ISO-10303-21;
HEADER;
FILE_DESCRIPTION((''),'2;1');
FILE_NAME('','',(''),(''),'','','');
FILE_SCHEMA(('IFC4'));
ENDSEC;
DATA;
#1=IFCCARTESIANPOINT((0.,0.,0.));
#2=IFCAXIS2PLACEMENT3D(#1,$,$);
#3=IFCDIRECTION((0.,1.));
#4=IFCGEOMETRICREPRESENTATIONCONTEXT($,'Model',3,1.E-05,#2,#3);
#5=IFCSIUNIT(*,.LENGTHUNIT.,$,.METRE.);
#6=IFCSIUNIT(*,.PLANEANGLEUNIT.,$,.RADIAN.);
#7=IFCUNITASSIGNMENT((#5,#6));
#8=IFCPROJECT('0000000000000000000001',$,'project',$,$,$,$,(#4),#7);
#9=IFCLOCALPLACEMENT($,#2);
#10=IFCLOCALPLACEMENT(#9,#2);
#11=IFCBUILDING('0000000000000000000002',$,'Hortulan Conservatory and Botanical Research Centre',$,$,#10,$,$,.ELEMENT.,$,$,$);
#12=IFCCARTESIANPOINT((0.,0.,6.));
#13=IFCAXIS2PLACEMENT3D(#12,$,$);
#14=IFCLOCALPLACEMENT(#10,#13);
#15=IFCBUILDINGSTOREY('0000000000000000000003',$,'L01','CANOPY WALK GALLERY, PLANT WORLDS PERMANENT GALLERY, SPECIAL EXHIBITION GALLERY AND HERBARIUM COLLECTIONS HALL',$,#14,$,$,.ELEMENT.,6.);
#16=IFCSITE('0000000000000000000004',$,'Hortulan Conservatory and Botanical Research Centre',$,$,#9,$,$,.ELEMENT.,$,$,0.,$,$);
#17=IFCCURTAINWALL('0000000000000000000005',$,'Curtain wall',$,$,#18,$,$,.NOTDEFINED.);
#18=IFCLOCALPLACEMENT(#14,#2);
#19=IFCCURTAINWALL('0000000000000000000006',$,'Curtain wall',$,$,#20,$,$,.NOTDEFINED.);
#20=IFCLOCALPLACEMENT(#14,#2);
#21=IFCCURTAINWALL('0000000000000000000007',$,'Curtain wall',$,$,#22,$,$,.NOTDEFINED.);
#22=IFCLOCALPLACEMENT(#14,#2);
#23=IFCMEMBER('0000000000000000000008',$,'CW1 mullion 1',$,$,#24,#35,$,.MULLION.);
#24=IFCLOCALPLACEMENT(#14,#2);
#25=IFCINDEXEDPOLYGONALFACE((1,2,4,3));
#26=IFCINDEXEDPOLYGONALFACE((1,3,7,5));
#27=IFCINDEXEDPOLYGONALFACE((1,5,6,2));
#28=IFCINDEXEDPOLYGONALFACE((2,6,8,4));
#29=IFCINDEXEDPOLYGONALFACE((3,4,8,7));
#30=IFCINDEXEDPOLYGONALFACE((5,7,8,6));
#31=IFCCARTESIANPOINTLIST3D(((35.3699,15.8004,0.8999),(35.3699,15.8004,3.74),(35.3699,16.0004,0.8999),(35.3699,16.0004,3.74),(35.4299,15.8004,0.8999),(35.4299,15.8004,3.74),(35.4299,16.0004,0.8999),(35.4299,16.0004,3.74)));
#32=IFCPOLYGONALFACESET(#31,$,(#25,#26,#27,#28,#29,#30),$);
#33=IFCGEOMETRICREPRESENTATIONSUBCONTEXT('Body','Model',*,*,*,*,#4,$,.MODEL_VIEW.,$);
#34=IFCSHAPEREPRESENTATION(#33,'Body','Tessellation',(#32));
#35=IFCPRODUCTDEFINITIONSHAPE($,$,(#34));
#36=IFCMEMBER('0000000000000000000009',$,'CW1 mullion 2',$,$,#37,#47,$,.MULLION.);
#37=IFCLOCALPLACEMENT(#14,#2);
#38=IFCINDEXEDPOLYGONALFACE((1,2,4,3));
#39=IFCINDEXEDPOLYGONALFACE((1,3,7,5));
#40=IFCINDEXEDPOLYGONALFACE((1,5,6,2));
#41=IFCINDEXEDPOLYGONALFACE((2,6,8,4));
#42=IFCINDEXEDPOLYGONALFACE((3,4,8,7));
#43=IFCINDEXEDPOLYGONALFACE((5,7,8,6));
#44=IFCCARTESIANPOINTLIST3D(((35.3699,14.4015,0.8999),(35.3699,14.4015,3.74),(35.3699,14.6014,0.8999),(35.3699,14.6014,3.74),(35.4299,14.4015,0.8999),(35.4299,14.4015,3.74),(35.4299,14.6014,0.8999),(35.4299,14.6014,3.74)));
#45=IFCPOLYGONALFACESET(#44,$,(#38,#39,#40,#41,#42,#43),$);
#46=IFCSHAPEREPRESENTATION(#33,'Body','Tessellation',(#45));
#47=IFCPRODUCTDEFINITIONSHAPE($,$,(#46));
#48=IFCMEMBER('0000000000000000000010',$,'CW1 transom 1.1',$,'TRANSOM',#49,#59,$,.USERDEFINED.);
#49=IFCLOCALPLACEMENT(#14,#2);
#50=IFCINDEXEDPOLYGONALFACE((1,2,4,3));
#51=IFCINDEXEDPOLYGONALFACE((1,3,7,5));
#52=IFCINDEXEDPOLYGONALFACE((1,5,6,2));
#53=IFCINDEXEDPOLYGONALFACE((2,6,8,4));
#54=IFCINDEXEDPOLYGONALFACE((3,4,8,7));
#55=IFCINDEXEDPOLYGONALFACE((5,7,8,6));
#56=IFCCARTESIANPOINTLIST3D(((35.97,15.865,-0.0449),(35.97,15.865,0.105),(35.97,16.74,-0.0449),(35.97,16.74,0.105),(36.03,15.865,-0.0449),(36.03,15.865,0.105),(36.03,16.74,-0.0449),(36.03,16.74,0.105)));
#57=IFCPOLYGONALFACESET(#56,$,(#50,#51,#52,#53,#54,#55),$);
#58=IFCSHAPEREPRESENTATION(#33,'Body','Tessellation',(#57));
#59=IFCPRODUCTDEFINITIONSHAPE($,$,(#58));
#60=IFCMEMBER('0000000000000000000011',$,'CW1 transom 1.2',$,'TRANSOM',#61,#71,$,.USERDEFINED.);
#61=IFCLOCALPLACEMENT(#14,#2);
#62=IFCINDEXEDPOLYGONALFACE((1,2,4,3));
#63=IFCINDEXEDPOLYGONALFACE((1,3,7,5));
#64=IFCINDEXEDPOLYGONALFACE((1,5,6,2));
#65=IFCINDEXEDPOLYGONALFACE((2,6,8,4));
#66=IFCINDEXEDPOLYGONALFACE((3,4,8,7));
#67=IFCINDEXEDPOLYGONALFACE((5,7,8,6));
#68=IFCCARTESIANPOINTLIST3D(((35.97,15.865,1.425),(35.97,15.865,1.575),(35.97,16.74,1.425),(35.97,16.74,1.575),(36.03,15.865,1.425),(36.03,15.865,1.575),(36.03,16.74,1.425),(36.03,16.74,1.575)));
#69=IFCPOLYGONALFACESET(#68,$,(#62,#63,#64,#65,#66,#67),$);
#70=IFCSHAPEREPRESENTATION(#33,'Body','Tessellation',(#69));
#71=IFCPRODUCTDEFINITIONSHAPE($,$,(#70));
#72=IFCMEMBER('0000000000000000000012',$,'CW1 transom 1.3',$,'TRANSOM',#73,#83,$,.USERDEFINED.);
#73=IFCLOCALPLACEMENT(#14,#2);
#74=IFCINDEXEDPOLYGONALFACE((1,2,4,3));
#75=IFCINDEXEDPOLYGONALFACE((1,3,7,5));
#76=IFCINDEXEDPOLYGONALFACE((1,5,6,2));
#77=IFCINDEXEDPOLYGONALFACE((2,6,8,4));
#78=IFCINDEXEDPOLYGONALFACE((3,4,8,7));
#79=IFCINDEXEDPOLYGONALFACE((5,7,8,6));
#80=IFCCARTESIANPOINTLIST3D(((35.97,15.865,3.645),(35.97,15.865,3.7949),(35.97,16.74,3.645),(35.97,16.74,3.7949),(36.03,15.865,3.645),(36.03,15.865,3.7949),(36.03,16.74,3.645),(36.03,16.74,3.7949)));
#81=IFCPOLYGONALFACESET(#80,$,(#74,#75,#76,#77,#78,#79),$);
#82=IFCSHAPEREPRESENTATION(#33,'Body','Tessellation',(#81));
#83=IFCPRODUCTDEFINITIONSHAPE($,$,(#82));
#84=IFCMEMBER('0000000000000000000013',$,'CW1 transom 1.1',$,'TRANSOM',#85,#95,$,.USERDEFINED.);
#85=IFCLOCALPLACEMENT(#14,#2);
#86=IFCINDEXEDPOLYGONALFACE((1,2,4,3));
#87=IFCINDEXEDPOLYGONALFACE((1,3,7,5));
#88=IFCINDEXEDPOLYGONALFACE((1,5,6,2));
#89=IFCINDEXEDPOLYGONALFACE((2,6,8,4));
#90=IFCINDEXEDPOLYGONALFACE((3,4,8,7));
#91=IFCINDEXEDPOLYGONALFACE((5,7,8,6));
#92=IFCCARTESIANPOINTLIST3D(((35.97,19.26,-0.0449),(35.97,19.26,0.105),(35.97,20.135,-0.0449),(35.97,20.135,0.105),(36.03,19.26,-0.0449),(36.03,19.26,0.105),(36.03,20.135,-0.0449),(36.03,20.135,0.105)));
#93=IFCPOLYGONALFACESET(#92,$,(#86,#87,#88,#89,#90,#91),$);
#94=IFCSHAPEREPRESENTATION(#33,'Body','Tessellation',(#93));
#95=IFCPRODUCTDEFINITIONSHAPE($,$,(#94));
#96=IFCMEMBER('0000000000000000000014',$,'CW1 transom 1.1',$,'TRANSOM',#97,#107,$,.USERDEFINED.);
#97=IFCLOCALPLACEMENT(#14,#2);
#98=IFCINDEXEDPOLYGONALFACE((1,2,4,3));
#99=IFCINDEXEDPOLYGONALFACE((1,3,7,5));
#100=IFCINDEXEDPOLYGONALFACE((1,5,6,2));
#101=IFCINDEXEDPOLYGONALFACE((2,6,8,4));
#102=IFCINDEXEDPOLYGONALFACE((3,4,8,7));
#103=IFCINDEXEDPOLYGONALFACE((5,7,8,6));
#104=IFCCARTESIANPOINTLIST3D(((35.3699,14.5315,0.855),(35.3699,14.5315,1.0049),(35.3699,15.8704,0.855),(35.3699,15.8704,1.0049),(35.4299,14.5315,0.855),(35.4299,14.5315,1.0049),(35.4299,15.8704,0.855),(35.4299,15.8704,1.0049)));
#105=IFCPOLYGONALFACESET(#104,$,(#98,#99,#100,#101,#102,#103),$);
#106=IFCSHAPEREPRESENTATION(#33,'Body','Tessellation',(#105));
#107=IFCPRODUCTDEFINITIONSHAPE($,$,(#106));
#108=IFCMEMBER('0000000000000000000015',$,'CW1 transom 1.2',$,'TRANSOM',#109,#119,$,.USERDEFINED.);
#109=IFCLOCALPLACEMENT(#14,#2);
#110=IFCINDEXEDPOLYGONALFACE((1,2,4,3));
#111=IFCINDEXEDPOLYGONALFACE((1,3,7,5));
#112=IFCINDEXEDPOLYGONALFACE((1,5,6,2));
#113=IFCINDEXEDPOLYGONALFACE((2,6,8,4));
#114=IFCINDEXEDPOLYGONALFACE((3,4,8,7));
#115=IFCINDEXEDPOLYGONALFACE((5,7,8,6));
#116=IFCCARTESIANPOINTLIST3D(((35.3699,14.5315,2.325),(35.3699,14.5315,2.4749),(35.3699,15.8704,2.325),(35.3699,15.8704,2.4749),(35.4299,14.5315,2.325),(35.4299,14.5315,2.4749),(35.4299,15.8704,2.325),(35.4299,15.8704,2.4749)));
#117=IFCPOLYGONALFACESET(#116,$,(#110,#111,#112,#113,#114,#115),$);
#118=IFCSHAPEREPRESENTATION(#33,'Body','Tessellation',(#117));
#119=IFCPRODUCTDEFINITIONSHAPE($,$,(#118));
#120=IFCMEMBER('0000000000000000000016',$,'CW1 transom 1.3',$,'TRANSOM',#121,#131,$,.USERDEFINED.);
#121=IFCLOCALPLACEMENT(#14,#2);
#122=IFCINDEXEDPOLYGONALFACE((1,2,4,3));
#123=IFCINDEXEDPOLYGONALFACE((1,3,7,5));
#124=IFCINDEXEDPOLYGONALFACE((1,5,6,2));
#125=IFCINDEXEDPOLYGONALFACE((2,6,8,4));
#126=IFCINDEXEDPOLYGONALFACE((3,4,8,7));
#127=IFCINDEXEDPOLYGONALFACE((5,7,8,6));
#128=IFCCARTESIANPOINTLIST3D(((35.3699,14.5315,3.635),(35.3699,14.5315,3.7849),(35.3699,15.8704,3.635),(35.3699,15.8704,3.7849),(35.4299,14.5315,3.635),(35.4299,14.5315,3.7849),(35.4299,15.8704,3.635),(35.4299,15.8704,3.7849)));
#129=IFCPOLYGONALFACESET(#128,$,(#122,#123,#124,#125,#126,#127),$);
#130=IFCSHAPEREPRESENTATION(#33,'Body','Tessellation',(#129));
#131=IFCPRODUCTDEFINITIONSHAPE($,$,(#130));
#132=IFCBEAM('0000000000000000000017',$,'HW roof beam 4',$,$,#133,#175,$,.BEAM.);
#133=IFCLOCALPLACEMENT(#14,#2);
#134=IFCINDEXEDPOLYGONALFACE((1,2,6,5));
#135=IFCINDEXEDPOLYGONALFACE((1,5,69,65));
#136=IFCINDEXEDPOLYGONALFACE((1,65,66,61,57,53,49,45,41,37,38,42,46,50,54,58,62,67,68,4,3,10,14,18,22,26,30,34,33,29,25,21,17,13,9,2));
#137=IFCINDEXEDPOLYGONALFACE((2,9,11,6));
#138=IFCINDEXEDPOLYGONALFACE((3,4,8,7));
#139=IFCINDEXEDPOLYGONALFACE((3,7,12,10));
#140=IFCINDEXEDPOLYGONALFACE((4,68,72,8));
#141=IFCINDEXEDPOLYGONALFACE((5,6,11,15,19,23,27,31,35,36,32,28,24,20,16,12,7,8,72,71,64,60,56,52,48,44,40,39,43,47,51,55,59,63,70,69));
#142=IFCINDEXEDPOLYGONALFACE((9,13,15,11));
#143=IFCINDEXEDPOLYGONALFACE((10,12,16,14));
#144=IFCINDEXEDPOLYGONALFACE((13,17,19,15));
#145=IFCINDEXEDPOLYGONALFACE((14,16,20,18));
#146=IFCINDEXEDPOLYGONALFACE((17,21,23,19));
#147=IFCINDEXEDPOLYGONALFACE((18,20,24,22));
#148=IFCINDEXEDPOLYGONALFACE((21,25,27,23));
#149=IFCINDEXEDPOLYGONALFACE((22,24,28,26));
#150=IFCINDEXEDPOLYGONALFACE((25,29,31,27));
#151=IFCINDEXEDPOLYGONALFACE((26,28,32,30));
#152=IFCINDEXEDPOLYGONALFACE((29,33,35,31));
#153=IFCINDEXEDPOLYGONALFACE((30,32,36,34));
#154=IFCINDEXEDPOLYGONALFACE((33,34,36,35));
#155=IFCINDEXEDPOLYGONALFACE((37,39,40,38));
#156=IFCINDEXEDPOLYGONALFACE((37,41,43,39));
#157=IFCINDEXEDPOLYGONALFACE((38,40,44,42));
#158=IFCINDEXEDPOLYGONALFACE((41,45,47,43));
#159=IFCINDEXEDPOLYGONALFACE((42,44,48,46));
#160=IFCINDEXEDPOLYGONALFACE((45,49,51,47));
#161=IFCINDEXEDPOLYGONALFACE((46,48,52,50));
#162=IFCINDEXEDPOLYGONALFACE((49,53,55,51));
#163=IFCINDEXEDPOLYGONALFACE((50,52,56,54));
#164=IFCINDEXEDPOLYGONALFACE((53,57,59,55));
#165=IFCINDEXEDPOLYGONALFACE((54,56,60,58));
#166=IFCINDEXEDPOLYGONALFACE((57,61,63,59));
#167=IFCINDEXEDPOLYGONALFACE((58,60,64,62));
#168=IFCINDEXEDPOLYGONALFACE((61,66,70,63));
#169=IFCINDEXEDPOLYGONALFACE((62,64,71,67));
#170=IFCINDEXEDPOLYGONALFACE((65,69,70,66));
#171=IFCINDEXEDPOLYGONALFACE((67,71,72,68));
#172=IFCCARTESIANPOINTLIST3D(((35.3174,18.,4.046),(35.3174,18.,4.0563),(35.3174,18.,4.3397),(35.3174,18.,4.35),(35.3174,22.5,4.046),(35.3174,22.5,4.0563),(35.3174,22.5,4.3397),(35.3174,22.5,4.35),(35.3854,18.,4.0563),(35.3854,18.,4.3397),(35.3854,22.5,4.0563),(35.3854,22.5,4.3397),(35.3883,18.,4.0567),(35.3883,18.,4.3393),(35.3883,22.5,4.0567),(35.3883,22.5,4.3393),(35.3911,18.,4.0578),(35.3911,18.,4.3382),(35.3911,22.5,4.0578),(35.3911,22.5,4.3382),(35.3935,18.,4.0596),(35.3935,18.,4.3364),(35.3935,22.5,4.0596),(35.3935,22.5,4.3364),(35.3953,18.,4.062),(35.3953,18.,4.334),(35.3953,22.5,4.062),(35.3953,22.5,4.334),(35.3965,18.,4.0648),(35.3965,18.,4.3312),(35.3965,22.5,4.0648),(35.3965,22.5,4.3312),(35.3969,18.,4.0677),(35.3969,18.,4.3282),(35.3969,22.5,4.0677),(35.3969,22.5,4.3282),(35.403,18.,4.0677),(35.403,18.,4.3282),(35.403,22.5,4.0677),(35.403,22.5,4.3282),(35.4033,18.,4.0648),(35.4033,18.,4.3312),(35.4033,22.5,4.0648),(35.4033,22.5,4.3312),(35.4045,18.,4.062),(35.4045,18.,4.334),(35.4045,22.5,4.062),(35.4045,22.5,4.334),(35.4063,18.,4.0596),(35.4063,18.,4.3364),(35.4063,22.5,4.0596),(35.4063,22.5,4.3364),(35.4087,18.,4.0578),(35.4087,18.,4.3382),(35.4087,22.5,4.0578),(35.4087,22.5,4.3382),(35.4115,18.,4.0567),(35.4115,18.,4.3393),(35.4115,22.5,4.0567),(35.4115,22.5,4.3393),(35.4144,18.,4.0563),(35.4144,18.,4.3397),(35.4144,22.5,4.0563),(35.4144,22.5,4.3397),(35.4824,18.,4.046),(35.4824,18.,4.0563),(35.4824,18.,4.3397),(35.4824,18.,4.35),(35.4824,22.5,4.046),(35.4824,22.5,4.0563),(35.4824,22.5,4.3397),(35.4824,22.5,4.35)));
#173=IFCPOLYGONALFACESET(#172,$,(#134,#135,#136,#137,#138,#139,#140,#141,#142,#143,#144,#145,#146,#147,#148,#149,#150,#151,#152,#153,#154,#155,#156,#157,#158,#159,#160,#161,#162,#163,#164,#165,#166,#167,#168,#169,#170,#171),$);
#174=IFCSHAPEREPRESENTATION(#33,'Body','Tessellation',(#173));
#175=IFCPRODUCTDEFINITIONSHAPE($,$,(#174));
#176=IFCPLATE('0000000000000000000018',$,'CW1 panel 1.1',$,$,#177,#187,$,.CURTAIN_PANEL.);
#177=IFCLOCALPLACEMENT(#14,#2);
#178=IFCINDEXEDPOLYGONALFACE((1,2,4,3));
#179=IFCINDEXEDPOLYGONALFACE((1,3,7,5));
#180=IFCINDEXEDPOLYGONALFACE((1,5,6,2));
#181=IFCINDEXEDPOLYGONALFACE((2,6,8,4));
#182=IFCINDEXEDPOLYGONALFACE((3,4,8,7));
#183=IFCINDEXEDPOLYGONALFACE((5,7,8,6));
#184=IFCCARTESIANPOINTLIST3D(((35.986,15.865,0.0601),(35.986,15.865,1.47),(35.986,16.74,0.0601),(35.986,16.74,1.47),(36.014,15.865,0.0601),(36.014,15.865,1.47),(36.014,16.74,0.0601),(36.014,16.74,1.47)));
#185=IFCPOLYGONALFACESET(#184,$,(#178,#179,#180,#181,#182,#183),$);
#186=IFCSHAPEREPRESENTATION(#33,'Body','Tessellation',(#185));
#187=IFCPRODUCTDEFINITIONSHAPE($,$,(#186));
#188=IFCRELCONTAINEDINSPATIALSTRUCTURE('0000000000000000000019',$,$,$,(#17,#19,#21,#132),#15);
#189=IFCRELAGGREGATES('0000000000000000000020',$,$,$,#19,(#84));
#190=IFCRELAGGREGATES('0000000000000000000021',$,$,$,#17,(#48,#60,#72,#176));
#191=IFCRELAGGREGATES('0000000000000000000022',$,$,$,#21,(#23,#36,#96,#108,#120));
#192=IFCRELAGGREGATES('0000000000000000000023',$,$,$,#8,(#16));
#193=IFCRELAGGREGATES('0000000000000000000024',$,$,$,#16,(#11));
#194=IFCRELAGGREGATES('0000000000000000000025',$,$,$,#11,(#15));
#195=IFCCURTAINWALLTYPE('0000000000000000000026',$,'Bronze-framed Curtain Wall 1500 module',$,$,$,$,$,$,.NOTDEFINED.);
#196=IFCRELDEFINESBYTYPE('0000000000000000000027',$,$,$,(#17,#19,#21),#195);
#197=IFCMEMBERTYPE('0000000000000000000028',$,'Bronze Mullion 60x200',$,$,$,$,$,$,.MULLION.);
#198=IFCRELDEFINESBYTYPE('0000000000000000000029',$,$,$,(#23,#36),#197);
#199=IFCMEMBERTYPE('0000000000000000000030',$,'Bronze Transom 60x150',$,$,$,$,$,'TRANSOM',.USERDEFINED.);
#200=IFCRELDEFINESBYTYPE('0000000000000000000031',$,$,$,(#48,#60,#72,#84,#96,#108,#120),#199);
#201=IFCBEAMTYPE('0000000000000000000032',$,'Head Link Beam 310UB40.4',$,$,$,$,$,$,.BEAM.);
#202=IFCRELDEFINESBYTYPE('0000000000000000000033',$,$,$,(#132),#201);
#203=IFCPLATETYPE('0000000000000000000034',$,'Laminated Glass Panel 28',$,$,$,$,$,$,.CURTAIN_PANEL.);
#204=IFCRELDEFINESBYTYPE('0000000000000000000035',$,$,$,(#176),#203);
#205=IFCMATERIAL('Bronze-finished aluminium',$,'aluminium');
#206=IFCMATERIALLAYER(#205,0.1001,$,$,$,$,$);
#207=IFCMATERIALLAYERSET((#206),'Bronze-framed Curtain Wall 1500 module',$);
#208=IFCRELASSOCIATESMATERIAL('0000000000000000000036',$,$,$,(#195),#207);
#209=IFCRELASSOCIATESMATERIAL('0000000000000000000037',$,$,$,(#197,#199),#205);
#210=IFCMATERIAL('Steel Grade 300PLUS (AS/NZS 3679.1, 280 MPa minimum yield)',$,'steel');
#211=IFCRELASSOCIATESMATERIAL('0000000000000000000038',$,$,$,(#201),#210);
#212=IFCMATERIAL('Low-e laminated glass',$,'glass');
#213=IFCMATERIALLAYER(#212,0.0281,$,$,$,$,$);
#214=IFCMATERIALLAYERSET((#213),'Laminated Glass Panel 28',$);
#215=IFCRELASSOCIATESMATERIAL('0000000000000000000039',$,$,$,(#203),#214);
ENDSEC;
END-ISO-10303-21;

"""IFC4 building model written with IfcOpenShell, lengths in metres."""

from ifc_helpers import new_model, si_unit, direction, frame, origin, origin_2d, place, context, subcontext, project, spatial, rectangle, i_section, extrude, material, layer, layer_set, material_profile, profile_set, type_object, element, aggregate, save


model = new_model("IFC4")

# Units and contexts
model_context = context("Model", 3, precision=1e-05, world=origin(), true_north=direction((0.0, 1.0)))
body_context = subcontext(model_context, "Body", "Model", "MODEL_VIEW")
ifc_project = project(units=[si_unit("LENGTHUNIT", "METRE"), si_unit("PLANEANGLEUNIT", "RADIAN")], contexts=[model_context])

# Site, building, storey
site_placement = place(None, origin())
site = spatial("IfcSite", under=ifc_project, at=site_placement, Name="Hortulan Conservatory and Botanical Research Centre", CompositionType="ELEMENT", RefElevation=0.0)
building_placement = place(site_placement, origin())
building = spatial("IfcBuilding", under=site, at=building_placement, Name="Hortulan Conservatory and Botanical Research Centre", CompositionType="ELEMENT")
storey_placement = place(building_placement, frame((0.0, 0.0, 6.0)))
storey = spatial("IfcBuildingStorey", under=building, at=storey_placement, Name="L01", Description="CANOPY WALK GALLERY, PLANT WORLDS PERMANENT GALLERY, SPECIAL EXHIBITION GALLERY AND HERBARIUM COLLECTIONS HALL", CompositionType="ELEMENT", Elevation=6.0)

# Curtain wall
ifc_material_1 = material(Name="Bronze-finished aluminium", Category="aluminium")
ifc_layer_1 = layer(ifc_material_1, 0.1001)
ifc_layer_set_1 = layer_set([ifc_layer_1], Name="Bronze-framed Curtain Wall 1500 module")
curtain_wall_type = type_object("IfcCurtainWallType", Name="Bronze-framed Curtain Wall 1500 module", PredefinedType="NOTDEFINED", material=ifc_layer_set_1)
curtain_wall_1_placement = place(storey_placement, origin())
curtain_wall_1 = element("IfcCurtainWall", 1, at=curtain_wall_1_placement, inside=storey, type_object=curtain_wall_type, Name="Curtain wall", PredefinedType="NOTDEFINED")
ifc_material_profile_1 = material_profile(ifc_material_1, rectangle(XDim=0.0601, YDim=0.2, at=origin_2d()), Name="Bronze Mullion 60x200")
ifc_profile_set_1 = profile_set([ifc_material_profile_1], Name="Bronze-finished aluminium")
member_type_1 = type_object("IfcMemberType", Name="Bronze Mullion 60x200", PredefinedType="MULLION", material=ifc_profile_set_1)

# Curtain wall
curtain_wall_2_placement = place(storey_placement, origin())
curtain_wall_2 = element("IfcCurtainWall", 2, at=curtain_wall_2_placement, inside=storey, type_object=curtain_wall_type, Name="Curtain wall", PredefinedType="NOTDEFINED")

# Curtain wall, members
curtain_wall_3_placement = place(storey_placement, origin())
curtain_wall_3 = element("IfcCurtainWall", 3, at=curtain_wall_3_placement, inside=storey, type_object=curtain_wall_type, Name="Curtain wall", PredefinedType="NOTDEFINED")
member_1_placement = place(storey_placement, frame((35.3999, 15.9004, 0.8999), z_axis=(0.0, 0.0, 1.0), x_axis=(1.0, 0.0, 0.0)))
member_1 = element("IfcMember", 4, at=member_1_placement, type_object=member_type_1, Name="CW1 mullion 1", PredefinedType="MULLION", context=body_context, shape_type="SweptSolid", body=[
    extrude(rectangle(XDim=0.0601, YDim=0.2, at=origin_2d()), origin(), (0.0, 0.0, 1.0), 2.8401),
])
member_2_placement = place(storey_placement, frame((35.3999, 14.5015, 0.8999), z_axis=(0.0, 0.0, 1.0), x_axis=(1.0, 0.0, 0.0)))
member_2 = element("IfcMember", 5, at=member_2_placement, type_object=member_type_1, Name="CW1 mullion 2", PredefinedType="MULLION", context=body_context, shape_type="SweptSolid", body=[
    extrude(rectangle(XDim=0.0601, YDim=0.2, at=origin_2d()), origin(), (0.0, 0.0, 1.0), 2.8401),
])

# Members
ifc_material_profile_2 = material_profile(ifc_material_1, rectangle(XDim=0.0601, YDim=0.1499, at=origin_2d()), Name="Bronze Transom 60x150")
ifc_profile_set_2 = profile_set([ifc_material_profile_2], Name="Bronze-finished aluminium")
member_type_2 = type_object("IfcMemberType", Name="Bronze Transom 60x150", ElementType="TRANSOM", PredefinedType="USERDEFINED", material=ifc_profile_set_2)
member_3_placement = place(storey_placement, frame((36.0, 15.865, 0.03), z_axis=(0.0, 1.0, 0.0), x_axis=(-1.0, 0.0, 0.0)))
member_3 = element("IfcMember", 6, at=member_3_placement, type_object=member_type_2, Name="CW1 transom 1.1", ObjectType="TRANSOM", PredefinedType="USERDEFINED", context=body_context, shape_type="SweptSolid", body=[
    extrude(rectangle(XDim=0.0601, YDim=0.1499, at=origin_2d()), origin(), (0.0, 0.0, 1.0), 0.875),
])
member_4_placement = place(storey_placement, frame((36.0, 15.865, 1.5), z_axis=(0.0, 1.0, 0.0), x_axis=(-1.0, 0.0, 0.0)))
member_4 = element("IfcMember", 7, at=member_4_placement, type_object=member_type_2, Name="CW1 transom 1.2", ObjectType="TRANSOM", PredefinedType="USERDEFINED", context=body_context, shape_type="SweptSolid", body=[
    extrude(rectangle(XDim=0.0601, YDim=0.1499, at=origin_2d()), origin(), (0.0, 0.0, 1.0), 0.875),
])
member_5_placement = place(storey_placement, frame((36.0, 15.865, 3.72), z_axis=(0.0, 1.0, 0.0), x_axis=(-1.0, 0.0, 0.0)))
member_5 = element("IfcMember", 8, at=member_5_placement, type_object=member_type_2, Name="CW1 transom 1.3", ObjectType="TRANSOM", PredefinedType="USERDEFINED", context=body_context, shape_type="SweptSolid", body=[
    extrude(rectangle(XDim=0.0601, YDim=0.1499, at=origin_2d()), origin(), (0.0, 0.0, 1.0), 0.875),
])
member_6_placement = place(storey_placement, frame((36.0, 19.26, 0.03), z_axis=(0.0, 1.0, 0.0), x_axis=(-1.0, 0.0, 0.0)))
member_6 = element("IfcMember", 9, at=member_6_placement, type_object=member_type_2, Name="CW1 transom 1.1", ObjectType="TRANSOM", PredefinedType="USERDEFINED", context=body_context, shape_type="SweptSolid", body=[
    extrude(rectangle(XDim=0.0601, YDim=0.1499, at=origin_2d()), origin(), (0.0, 0.0, 1.0), 0.875),
])
aggregate(curtain_wall_2, [member_6])
member_7_placement = place(storey_placement, frame((35.3999, 15.8704, 0.9299), z_axis=(0.0, -1.0, 0.0), x_axis=(1.0, 0.0, 0.0)))
member_7 = element("IfcMember", 10, at=member_7_placement, type_object=member_type_2, Name="CW1 transom 1.1", ObjectType="TRANSOM", PredefinedType="USERDEFINED", context=body_context, shape_type="SweptSolid", body=[
    extrude(rectangle(XDim=0.0601, YDim=0.1499, at=origin_2d()), origin(), (0.0, 0.0, 1.0), 1.3389),
])
member_8_placement = place(storey_placement, frame((35.3999, 15.8704, 2.3999), z_axis=(0.0, -1.0, 0.0), x_axis=(1.0, 0.0, 0.0)))
member_8 = element("IfcMember", 11, at=member_8_placement, type_object=member_type_2, Name="CW1 transom 1.2", ObjectType="TRANSOM", PredefinedType="USERDEFINED", context=body_context, shape_type="SweptSolid", body=[
    extrude(rectangle(XDim=0.0601, YDim=0.1499, at=origin_2d()), origin(), (0.0, 0.0, 1.0), 1.3389),
])
member_9_placement = place(storey_placement, frame((35.3999, 15.8704, 3.71), z_axis=(0.0, -1.0, 0.0), x_axis=(1.0, 0.0, 0.0)))
member_9 = element("IfcMember", 12, at=member_9_placement, type_object=member_type_2, Name="CW1 transom 1.3", ObjectType="TRANSOM", PredefinedType="USERDEFINED", context=body_context, shape_type="SweptSolid", body=[
    extrude(rectangle(XDim=0.0601, YDim=0.1499, at=origin_2d()), origin(), (0.0, 0.0, 1.0), 1.3389),
])

# Beam
ifc_material_2 = material(Name="Steel Grade 300PLUS (AS/NZS 3679.1, 280 MPa minimum yield)", Category="steel")
ifc_material_profile_3 = material_profile(ifc_material_2, i_section(OverallWidth=0.165, OverallDepth=0.304, WebThickness=0.0061, FlangeThickness=0.0103, FilletRadius=0.0115, at=origin_2d()), Name="310UB40.4")
ifc_profile_set_3 = profile_set([ifc_material_profile_3], Name="Steel Grade 300PLUS (AS/NZS 3679.1, 280 MPa minimum yield)")
beam_type = type_object("IfcBeamType", Name="Head Link Beam 310UB40.4", PredefinedType="BEAM", material=ifc_profile_set_3)
beam_placement = place(storey_placement, frame((35.3999, 18.0, 4.198), z_axis=(0.0, 1.0, 0.0), x_axis=(-1.0, 0.0, 0.0)))
element("IfcBeam", 13, at=beam_placement, inside=storey, type_object=beam_type, Name="HW roof beam 4", PredefinedType="BEAM", context=body_context, shape_type="SweptSolid", body=[
    extrude(i_section(OverallWidth=0.165, OverallDepth=0.304, WebThickness=0.0061, FlangeThickness=0.0103, FilletRadius=0.0115, at=origin_2d()), origin(), (0.0, 0.0, 1.0), 4.5),
])

# Plate
ifc_material_3 = material(Name="Low-e laminated glass", Category="glass")
ifc_layer_2 = layer(ifc_material_3, 0.0281)
ifc_layer_set_2 = layer_set([ifc_layer_2], Name="Laminated Glass Panel 28")
plate_type = type_object("IfcPlateType", Name="Laminated Glass Panel 28", PredefinedType="CURTAIN_PANEL", material=ifc_layer_set_2)
plate_1_placement = place(storey_placement, frame((36.0, 16.3025, 0.0601), z_axis=(0.0, 0.0, 1.0), x_axis=(0.0, 1.0, 0.0)))
plate_1 = element("IfcPlate", 14, at=plate_1_placement, type_object=plate_type, Name="CW1 panel 1.1", PredefinedType="CURTAIN_PANEL", context=body_context, shape_type="SweptSolid", body=[
    extrude(rectangle(XDim=0.875, YDim=0.0281, at=origin_2d()), origin(), (0.0, 0.0, 1.0), 1.4099),
])
aggregate(curtain_wall_1, [member_3, member_4, member_5, plate_1])
aggregate(curtain_wall_3, [member_1, member_2, member_7, member_8, member_9])

save(model, "model.ifc")
